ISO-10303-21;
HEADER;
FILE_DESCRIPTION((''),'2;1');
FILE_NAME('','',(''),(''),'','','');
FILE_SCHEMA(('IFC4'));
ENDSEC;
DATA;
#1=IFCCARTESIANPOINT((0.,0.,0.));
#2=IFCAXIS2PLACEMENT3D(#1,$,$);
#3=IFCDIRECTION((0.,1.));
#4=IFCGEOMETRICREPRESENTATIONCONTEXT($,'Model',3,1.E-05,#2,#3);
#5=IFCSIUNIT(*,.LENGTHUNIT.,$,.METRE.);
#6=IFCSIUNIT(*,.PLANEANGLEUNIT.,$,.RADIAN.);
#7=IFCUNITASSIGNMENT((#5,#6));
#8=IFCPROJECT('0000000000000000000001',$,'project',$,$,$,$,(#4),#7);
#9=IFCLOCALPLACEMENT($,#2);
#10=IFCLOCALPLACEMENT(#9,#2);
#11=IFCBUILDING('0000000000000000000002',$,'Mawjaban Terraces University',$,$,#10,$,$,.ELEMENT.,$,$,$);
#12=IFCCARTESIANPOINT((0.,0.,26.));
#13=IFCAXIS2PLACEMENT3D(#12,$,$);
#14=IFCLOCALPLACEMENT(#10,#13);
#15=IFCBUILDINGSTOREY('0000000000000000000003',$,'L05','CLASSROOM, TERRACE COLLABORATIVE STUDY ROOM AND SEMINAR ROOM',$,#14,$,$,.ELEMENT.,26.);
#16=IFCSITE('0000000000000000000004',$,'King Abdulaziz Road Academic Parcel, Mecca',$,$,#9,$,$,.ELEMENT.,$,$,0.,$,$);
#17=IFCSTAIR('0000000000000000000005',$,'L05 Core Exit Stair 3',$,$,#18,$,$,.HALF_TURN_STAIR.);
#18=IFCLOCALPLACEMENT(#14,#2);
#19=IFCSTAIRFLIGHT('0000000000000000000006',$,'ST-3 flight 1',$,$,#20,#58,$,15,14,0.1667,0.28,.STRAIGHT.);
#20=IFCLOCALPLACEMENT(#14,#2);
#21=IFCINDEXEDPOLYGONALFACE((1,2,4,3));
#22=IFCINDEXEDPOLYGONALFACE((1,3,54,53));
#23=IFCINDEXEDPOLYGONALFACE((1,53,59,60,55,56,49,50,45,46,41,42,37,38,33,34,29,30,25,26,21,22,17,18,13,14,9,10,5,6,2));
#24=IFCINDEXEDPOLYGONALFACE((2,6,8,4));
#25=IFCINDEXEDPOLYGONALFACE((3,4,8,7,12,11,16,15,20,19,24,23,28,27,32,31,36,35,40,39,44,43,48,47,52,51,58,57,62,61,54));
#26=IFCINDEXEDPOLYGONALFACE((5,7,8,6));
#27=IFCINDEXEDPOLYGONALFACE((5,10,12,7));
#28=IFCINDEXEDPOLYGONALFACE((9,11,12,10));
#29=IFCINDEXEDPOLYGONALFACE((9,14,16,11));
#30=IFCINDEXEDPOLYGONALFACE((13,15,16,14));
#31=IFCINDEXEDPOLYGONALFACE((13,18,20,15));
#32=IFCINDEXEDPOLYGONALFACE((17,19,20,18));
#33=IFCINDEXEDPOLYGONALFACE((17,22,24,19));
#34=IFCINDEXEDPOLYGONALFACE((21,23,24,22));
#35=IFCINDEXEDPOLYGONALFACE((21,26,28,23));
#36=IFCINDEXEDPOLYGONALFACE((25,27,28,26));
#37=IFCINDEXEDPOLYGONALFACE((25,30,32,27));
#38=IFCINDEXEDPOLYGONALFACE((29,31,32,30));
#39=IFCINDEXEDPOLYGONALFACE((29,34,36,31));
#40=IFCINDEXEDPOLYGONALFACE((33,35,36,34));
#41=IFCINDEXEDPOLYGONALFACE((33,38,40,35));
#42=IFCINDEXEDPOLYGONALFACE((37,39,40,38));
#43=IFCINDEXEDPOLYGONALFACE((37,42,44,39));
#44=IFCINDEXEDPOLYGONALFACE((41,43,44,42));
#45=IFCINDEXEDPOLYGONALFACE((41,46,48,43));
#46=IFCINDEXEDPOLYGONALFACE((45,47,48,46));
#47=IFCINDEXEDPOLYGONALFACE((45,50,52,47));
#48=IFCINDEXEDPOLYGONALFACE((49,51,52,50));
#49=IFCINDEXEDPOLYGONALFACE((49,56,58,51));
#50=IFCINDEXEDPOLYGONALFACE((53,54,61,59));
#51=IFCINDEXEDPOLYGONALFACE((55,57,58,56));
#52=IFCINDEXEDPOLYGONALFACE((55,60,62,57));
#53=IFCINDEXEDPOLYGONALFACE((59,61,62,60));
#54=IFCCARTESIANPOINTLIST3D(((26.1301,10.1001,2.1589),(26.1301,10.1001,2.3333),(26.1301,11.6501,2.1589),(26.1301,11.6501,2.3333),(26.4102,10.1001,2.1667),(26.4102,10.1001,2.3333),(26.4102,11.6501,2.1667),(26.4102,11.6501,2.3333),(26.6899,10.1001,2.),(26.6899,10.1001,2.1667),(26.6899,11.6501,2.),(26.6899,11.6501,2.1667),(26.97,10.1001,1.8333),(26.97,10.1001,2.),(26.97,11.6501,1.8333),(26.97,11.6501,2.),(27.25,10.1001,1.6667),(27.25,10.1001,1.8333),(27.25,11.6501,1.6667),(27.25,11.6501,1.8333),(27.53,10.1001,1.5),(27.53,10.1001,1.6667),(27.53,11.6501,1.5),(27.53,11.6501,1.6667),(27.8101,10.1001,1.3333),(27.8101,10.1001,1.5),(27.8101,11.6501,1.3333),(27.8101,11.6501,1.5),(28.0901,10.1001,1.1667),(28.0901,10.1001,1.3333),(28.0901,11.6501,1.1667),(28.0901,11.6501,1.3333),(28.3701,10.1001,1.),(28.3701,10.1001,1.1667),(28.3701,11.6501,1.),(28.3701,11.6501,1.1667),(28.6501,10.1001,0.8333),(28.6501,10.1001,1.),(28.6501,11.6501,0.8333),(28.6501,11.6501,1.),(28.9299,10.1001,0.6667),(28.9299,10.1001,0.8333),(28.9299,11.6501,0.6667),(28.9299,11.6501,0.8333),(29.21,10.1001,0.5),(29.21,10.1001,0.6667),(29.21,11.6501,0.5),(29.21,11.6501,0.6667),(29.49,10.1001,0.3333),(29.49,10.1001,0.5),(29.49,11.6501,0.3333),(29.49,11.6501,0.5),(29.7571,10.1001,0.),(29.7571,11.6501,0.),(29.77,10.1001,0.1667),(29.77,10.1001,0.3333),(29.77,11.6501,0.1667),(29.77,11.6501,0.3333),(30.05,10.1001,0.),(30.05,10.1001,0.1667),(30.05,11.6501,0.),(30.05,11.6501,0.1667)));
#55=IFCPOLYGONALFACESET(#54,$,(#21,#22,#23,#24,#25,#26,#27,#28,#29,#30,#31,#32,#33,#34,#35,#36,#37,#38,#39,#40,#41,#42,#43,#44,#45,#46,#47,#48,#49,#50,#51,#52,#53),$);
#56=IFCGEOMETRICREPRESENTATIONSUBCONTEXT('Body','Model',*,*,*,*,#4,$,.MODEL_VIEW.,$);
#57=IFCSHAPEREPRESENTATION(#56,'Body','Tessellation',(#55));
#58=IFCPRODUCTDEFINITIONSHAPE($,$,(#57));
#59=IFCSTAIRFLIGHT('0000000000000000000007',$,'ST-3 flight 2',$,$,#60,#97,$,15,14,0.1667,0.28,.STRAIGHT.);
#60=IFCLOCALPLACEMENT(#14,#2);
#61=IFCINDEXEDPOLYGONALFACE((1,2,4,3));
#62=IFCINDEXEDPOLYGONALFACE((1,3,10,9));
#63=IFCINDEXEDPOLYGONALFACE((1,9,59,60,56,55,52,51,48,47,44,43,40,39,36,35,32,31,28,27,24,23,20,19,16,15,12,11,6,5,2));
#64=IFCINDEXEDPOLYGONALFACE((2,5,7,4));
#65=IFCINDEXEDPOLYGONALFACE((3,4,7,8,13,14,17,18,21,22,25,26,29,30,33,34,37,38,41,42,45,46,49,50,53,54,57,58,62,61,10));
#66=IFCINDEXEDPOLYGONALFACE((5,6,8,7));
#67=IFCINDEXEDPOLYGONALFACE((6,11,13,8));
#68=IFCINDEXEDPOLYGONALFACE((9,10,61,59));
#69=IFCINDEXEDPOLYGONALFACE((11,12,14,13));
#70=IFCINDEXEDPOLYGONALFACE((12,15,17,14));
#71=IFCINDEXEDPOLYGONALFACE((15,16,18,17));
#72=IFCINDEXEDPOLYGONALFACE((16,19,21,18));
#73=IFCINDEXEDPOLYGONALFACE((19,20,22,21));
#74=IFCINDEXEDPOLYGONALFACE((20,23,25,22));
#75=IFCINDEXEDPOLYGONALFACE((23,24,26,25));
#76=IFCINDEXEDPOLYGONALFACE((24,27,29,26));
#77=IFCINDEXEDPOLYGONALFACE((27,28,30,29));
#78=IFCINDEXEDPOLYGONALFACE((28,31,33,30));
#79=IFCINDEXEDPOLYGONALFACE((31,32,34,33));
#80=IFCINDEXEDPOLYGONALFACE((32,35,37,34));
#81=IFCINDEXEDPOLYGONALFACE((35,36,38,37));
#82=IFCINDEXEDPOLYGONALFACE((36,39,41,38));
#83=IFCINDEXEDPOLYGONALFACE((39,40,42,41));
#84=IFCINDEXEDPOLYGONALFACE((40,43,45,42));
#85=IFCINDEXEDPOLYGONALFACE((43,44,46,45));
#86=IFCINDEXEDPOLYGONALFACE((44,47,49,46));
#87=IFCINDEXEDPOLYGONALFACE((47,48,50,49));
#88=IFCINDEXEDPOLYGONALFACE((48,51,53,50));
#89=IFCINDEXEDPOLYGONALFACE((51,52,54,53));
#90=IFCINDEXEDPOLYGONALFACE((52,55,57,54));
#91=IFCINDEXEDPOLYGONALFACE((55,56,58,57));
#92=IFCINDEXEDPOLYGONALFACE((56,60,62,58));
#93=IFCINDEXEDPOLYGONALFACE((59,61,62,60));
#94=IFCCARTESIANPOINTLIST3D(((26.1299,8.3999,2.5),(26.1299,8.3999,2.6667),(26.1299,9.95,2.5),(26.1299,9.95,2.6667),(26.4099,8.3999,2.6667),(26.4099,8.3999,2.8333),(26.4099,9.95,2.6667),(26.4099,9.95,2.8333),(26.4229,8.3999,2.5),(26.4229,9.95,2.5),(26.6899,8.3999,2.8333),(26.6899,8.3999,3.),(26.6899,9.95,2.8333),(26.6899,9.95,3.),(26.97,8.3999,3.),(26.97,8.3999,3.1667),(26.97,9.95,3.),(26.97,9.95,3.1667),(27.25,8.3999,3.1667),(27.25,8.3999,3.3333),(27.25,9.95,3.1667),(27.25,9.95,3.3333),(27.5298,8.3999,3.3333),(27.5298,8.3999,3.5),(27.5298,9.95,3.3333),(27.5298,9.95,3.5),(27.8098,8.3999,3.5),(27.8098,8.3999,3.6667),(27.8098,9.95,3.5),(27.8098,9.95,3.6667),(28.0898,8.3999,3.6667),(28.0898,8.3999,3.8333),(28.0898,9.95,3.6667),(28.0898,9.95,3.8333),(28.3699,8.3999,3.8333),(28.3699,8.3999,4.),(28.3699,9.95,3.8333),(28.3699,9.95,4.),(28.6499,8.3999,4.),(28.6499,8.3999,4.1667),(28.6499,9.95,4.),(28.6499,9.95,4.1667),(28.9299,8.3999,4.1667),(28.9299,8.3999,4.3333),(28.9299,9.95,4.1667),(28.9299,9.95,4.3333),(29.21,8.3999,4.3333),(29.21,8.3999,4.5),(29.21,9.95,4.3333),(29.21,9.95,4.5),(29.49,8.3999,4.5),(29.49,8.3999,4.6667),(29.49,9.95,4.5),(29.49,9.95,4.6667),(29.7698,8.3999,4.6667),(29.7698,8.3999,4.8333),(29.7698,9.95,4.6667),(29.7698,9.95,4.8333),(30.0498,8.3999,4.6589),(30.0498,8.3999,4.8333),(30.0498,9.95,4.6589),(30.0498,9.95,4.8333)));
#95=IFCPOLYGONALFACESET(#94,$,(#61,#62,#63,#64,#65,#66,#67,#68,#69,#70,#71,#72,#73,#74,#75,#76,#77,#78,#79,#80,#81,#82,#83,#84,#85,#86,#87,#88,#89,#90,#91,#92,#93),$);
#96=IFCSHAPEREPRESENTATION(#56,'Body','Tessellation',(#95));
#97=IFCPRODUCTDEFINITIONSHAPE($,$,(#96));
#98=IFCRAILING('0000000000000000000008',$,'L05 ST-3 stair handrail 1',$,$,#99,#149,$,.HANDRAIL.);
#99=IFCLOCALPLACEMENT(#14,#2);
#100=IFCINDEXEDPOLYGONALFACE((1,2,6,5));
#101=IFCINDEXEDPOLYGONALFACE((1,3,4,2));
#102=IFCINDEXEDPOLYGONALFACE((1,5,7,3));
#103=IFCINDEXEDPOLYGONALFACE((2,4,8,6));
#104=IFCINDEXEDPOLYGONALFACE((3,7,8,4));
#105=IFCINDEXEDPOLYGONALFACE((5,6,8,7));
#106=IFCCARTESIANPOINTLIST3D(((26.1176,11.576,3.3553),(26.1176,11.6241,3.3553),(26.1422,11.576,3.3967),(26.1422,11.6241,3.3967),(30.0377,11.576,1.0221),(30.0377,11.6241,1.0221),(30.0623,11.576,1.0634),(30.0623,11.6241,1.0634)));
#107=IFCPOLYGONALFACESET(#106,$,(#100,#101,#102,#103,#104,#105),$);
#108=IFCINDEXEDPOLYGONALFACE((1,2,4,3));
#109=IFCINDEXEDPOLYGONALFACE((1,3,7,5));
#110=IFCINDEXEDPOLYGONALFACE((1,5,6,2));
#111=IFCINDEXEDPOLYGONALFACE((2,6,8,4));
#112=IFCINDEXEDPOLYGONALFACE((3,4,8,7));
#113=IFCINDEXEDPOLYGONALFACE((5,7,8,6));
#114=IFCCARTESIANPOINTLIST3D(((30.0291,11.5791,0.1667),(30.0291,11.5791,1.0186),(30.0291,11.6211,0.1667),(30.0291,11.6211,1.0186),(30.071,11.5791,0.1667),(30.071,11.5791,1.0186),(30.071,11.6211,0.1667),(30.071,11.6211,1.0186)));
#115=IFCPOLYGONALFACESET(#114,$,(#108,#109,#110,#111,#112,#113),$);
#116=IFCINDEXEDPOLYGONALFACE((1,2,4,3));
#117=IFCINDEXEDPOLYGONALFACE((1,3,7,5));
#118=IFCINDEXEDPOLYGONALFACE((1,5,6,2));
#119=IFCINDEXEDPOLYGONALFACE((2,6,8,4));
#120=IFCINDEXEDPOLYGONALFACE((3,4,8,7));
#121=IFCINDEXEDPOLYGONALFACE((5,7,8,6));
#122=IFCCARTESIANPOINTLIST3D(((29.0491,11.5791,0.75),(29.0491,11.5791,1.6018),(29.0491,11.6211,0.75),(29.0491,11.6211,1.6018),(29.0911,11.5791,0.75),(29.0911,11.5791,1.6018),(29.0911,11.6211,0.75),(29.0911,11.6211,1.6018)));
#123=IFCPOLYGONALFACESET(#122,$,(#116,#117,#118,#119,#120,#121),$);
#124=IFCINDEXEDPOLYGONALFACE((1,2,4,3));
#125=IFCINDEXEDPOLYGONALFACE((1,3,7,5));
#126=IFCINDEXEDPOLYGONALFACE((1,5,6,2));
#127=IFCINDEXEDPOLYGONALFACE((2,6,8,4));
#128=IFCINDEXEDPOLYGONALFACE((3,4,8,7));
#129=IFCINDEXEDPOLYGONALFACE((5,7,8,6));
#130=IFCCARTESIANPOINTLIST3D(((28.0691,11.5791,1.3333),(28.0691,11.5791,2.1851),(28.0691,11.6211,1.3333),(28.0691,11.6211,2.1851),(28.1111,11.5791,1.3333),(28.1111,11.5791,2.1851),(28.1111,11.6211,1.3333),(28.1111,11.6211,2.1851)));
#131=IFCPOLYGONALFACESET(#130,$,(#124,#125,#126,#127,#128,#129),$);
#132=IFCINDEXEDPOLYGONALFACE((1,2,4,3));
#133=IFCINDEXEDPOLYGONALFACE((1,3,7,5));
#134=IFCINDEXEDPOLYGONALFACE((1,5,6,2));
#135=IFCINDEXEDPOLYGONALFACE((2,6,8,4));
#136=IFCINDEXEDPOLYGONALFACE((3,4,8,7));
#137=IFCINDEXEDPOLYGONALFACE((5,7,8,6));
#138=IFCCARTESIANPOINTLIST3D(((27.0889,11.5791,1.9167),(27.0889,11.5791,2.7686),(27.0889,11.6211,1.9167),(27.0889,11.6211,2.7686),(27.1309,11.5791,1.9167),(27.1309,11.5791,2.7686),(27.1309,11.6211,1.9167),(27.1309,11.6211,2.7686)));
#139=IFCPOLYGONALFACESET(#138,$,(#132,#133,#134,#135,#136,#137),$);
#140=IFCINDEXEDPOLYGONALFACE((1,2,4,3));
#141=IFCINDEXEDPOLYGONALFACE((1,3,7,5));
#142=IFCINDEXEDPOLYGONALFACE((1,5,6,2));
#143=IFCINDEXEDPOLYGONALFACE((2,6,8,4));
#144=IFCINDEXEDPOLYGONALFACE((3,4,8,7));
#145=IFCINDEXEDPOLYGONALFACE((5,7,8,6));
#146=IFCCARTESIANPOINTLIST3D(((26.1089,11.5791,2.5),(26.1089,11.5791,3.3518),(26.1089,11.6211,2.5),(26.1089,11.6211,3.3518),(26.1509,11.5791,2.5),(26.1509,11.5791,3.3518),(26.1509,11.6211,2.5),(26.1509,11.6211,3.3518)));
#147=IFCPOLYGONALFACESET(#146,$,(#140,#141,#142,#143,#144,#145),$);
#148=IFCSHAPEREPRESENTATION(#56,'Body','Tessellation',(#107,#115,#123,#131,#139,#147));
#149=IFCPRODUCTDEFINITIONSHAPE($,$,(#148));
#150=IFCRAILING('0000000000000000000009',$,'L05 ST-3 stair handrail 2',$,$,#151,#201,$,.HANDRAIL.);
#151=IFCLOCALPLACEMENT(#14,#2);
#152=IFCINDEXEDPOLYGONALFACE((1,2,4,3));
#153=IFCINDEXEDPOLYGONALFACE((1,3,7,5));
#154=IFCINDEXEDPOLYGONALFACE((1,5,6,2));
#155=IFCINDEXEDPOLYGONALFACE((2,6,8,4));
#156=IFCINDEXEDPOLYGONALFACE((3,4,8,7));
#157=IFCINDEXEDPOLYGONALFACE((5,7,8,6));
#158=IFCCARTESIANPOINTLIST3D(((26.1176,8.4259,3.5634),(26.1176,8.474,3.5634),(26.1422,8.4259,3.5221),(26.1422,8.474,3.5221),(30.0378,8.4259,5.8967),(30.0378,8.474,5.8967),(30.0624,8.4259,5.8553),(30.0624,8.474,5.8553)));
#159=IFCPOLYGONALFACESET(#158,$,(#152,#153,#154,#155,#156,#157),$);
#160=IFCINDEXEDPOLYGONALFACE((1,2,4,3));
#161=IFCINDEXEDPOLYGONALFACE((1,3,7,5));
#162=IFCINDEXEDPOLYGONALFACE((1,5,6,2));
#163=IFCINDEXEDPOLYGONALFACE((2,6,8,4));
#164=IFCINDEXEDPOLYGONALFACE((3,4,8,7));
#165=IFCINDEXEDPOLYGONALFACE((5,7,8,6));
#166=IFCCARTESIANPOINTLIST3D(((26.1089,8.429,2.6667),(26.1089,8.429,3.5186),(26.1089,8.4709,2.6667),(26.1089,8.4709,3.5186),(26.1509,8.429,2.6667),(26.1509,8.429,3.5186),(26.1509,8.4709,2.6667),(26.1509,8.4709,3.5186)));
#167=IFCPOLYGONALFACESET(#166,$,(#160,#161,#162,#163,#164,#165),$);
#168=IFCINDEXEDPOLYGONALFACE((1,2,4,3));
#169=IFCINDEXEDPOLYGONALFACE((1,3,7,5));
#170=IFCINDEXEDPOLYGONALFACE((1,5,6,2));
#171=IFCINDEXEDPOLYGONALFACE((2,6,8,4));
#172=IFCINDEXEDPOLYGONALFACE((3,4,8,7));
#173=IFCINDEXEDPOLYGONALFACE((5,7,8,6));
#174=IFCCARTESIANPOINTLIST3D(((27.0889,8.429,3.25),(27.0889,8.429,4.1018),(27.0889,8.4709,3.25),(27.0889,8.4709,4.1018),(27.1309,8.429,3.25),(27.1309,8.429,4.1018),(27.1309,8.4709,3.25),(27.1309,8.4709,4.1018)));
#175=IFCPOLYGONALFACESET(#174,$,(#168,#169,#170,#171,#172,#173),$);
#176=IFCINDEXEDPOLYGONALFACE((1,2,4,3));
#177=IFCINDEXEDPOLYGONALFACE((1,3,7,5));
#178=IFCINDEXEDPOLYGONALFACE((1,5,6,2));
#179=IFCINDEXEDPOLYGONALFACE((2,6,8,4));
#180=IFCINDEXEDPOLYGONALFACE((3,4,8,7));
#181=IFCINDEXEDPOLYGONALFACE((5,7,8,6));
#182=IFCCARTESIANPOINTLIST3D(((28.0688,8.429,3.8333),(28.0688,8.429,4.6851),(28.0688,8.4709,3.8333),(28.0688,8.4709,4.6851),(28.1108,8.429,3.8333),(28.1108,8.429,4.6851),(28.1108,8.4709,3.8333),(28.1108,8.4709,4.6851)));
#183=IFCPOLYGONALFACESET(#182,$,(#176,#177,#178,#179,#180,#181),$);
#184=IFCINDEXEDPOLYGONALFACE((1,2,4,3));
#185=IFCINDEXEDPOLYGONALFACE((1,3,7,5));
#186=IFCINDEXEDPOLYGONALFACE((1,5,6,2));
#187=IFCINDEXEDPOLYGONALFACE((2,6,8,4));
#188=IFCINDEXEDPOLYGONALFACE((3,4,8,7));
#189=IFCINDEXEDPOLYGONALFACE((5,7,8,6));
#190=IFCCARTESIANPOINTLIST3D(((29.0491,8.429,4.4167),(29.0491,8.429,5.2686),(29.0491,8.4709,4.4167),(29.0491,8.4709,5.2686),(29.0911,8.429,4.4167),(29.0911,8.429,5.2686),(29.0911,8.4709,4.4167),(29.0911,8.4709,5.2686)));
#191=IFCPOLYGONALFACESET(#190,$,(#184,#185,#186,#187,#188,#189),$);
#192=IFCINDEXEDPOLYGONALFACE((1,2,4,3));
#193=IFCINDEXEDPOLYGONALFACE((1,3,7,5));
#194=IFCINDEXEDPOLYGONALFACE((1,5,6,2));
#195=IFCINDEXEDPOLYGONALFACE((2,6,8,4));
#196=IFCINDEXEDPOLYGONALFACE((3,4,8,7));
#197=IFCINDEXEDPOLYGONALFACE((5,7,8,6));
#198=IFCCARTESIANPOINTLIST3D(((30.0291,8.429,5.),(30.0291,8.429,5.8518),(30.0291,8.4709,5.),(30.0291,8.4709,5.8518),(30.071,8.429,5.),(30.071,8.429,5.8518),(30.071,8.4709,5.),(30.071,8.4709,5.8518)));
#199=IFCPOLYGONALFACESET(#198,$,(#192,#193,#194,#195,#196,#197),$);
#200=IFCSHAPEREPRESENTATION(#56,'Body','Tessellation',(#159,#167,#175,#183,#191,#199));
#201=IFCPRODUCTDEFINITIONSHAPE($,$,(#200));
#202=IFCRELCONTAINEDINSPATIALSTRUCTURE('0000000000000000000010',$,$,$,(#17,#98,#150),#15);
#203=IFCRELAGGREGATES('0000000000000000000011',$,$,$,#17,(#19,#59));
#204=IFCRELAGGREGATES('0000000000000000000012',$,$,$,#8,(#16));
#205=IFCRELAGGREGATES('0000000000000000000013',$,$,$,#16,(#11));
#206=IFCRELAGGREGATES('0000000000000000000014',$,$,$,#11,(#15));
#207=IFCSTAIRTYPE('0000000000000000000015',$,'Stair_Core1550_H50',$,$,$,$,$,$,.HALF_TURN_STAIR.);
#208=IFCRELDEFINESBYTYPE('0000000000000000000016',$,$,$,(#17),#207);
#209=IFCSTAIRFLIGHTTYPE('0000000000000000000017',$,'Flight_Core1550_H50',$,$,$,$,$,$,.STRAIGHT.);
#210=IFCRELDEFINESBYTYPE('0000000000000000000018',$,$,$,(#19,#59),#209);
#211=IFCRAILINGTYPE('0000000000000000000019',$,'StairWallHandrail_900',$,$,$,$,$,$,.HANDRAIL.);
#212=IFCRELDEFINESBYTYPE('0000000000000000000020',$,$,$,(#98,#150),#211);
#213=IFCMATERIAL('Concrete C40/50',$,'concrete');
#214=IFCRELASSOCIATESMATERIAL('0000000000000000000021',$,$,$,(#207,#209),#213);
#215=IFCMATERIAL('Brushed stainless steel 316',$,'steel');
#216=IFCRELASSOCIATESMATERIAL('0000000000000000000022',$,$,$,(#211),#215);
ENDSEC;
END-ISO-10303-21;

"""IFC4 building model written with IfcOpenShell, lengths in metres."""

from ifc_helpers import new_model, si_unit, direction, frame, origin, origin_2d, place, context, subcontext, project, spatial, polyline, rectangle, outline, extrude, material, type_object, element, aggregate, save


model = new_model("IFC4")

# Units and contexts
model_context = context("Model", 3, precision=1e-05, world=origin(), true_north=direction((0.0, 1.0)))
body_context = subcontext(model_context, "Body", "Model", "MODEL_VIEW")
ifc_project = project(units=[si_unit("LENGTHUNIT", "METRE"), si_unit("PLANEANGLEUNIT", "RADIAN")], contexts=[model_context])

# Site, building, storey
site_placement = place(None, origin())
site = spatial("IfcSite", under=ifc_project, at=site_placement, Name="King Abdulaziz Road Academic Parcel, Mecca", CompositionType="ELEMENT", RefElevation=0.0)
building_placement = place(site_placement, origin())
building = spatial("IfcBuilding", under=site, at=building_placement, Name="Mawjaban Terraces University", CompositionType="ELEMENT")
storey_placement = place(building_placement, frame((0.0, 0.0, 26.0)))
storey = spatial("IfcBuildingStorey", under=building, at=storey_placement, Name="L05", Description="CLASSROOM, TERRACE COLLABORATIVE STUDY ROOM AND SEMINAR ROOM", CompositionType="ELEMENT", Elevation=26.0)

# Shared definitions
ifc_material_1 = material(Name="Concrete C40/50", Category="concrete")

# Stair, stair flights
stair_type = type_object("IfcStairType", Name="Stair_Core1550_H50", PredefinedType="HALF_TURN_STAIR", material=ifc_material_1)
stair_placement = place(storey_placement, origin())
stair = element("IfcStair", 1, at=stair_placement, inside=storey, type_object=stair_type, Name="L05 Core Exit Stair 3", PredefinedType="HALF_TURN_STAIR")
stair_flight_type = type_object("IfcStairFlightType", Name="Flight_Core1550_H50", PredefinedType="STRAIGHT", material=ifc_material_1)
stair_flight_1_placement = place(storey_placement, frame((30.05, 10.875, 0.0), z_axis=(0.0, 0.0, 1.0), x_axis=(-1.0, 0.0, 0.0)))
stair_flight_1 = element("IfcStairFlight", 2, at=stair_flight_1_placement, type_object=stair_flight_type, Name="ST-3 flight 1", NumberOfRisers=15, NumberOfTreads=14, PredefinedType="STRAIGHT", RiserHeight=0.1667, TreadLength=0.28, context=body_context, shape_type="SweptSolid", body=[
    extrude(outline(polyline([(0.0, 0.0), (0.0, 0.1667), (0.28, 0.1667), (0.28, 0.3333), (0.5601, 0.3333), (0.5601, 0.5), (0.8401, 0.5), (0.8401, 0.6667), (1.1201, 0.6667), (1.1201, 0.8333), (1.3999, 0.8333), (1.3999, 1.0), (1.6799, 1.0), (1.6799, 1.1667), (1.96, 1.1667), (1.96, 1.3333), (2.24, 1.3333), (2.24, 1.5), (2.52, 1.5), (2.52, 1.6667), (2.8, 1.6667), (2.8, 1.8333), (3.0801, 1.8333), (3.0801, 2.0), (3.3601, 2.0), (3.3601, 2.1667), (3.6399, 2.1667), (3.6399, 2.3333), (3.9199, 2.3333), (3.9199, 2.5), (3.9199, 2.1589), (0.293, 0.0), (0.0, 0.0)])), frame((0.0, 0.7749, 0.0), z_axis=(0.0, -1.0, 0.0), x_axis=(1.0, 0.0, 0.0)), (0.0, 0.0, 1.0), 1.55),
])
stair_flight_2_placement = place(storey_placement, frame((26.1299, 9.175, 2.5), z_axis=(0.0, 0.0, 1.0), x_axis=(1.0, 0.0, 0.0)))
stair_flight_2 = element("IfcStairFlight", 3, at=stair_flight_2_placement, type_object=stair_flight_type, Name="ST-3 flight 2", NumberOfRisers=15, NumberOfTreads=14, PredefinedType="STRAIGHT", RiserHeight=0.1667, TreadLength=0.28, context=body_context, shape_type="SweptSolid", body=[
    extrude(outline(polyline([(0.0, 0.0), (0.0, 0.1667), (0.28, 0.1667), (0.28, 0.3333), (0.5601, 0.3333), (0.5601, 0.5), (0.8401, 0.5), (0.8401, 0.6667), (1.1201, 0.6667), (1.1201, 0.8333), (1.3999, 0.8333), (1.3999, 1.0), (1.6799, 1.0), (1.6799, 1.1667), (1.96, 1.1667), (1.96, 1.3333), (2.24, 1.3333), (2.24, 1.5), (2.52, 1.5), (2.52, 1.6667), (2.8, 1.6667), (2.8, 1.8333), (3.0801, 1.8333), (3.0801, 2.0), (3.3601, 2.0), (3.3601, 2.1667), (3.6399, 2.1667), (3.6399, 2.3333), (3.9199, 2.3333), (3.9199, 2.5), (3.9199, 2.1589), (0.293, 0.0), (0.0, 0.0)])), frame((0.0, 0.7749, 0.0), z_axis=(0.0, -1.0, 0.0), x_axis=(1.0, 0.0, 0.0)), (0.0, 0.0, 1.0), 1.55),
])
aggregate(stair, [stair_flight_1, stair_flight_2])

# Railings
ifc_material_2 = material(Name="Brushed stainless steel 316", Category="steel")
railing_type_1 = type_object("IfcRailingType", Name="StairWallHandrail_900", PredefinedType="HANDRAIL", material=ifc_material_2)
railing_1_placement = place(storey_placement, frame((30.05, 11.6001, 0.1667)))
element("IfcRailing", 4, at=railing_1_placement, inside=storey, type_object=railing_type_1, Name="L05 ST-3 stair handrail 1", PredefinedType="HANDRAIL", context=body_context, shape_type="SweptSolid", body=[
    extrude(rectangle(XDim=0.0481, YDim=0.0481, at=origin_2d()), frame((0.0, 0.0, 0.876), z_axis=(-0.85931, 0.0, 0.511455), x_axis=(0.0, -1.0, 0.0)), (0.0, 0.0, 1.0), 4.562),
    extrude(rectangle(XDim=0.042, YDim=0.042, at=origin_2d()), origin(), (0.0, 0.0, 1.0), 0.8518),
    extrude(rectangle(XDim=0.042, YDim=0.042, at=origin_2d()), frame((-0.98, 0.0, 0.5833)), (0.0, 0.0, 1.0), 0.8518),
    extrude(rectangle(XDim=0.042, YDim=0.042, at=origin_2d()), frame((-1.96, 0.0, 1.1665)), (0.0, 0.0, 1.0), 0.8518),
    extrude(rectangle(XDim=0.042, YDim=0.042, at=origin_2d()), frame((-2.9402, 0.0, 1.75)), (0.0, 0.0, 1.0), 0.8518),
    extrude(rectangle(XDim=0.042, YDim=0.042, at=origin_2d()), frame((-3.9202, 0.0, 2.3333)), (0.0, 0.0, 1.0), 0.8518),
])
railing_2_placement = place(storey_placement, frame((26.1299, 8.45, 2.6667)))
element("IfcRailing", 5, at=railing_2_placement, inside=storey, type_object=railing_type_1, Name="L05 ST-3 stair handrail 2", PredefinedType="HANDRAIL", context=body_context, shape_type="SweptSolid", body=[
    extrude(rectangle(XDim=0.0481, YDim=0.0481, at=origin_2d()), frame((0.0, 0.0, 0.876), z_axis=(0.85931, 0.0, 0.511455), x_axis=(0.0, 1.0, 0.0)), (0.0, 0.0, 1.0), 4.562),
    extrude(rectangle(XDim=0.042, YDim=0.042, at=origin_2d()), origin(), (0.0, 0.0, 1.0), 0.8518),
    extrude(rectangle(XDim=0.042, YDim=0.042, at=origin_2d()), frame((0.98, 0.0, 0.5833)), (0.0, 0.0, 1.0), 0.8518),
    extrude(rectangle(XDim=0.042, YDim=0.042, at=origin_2d()), frame((1.96, 0.0, 1.1665)), (0.0, 0.0, 1.0), 0.8518),
    extrude(rectangle(XDim=0.042, YDim=0.042, at=origin_2d()), frame((2.9402, 0.0, 1.75)), (0.0, 0.0, 1.0), 0.8518),
    extrude(rectangle(XDim=0.042, YDim=0.042, at=origin_2d()), frame((3.9202, 0.0, 2.3333)), (0.0, 0.0, 1.0), 0.8518),
])

save(model, "model.ifc")
